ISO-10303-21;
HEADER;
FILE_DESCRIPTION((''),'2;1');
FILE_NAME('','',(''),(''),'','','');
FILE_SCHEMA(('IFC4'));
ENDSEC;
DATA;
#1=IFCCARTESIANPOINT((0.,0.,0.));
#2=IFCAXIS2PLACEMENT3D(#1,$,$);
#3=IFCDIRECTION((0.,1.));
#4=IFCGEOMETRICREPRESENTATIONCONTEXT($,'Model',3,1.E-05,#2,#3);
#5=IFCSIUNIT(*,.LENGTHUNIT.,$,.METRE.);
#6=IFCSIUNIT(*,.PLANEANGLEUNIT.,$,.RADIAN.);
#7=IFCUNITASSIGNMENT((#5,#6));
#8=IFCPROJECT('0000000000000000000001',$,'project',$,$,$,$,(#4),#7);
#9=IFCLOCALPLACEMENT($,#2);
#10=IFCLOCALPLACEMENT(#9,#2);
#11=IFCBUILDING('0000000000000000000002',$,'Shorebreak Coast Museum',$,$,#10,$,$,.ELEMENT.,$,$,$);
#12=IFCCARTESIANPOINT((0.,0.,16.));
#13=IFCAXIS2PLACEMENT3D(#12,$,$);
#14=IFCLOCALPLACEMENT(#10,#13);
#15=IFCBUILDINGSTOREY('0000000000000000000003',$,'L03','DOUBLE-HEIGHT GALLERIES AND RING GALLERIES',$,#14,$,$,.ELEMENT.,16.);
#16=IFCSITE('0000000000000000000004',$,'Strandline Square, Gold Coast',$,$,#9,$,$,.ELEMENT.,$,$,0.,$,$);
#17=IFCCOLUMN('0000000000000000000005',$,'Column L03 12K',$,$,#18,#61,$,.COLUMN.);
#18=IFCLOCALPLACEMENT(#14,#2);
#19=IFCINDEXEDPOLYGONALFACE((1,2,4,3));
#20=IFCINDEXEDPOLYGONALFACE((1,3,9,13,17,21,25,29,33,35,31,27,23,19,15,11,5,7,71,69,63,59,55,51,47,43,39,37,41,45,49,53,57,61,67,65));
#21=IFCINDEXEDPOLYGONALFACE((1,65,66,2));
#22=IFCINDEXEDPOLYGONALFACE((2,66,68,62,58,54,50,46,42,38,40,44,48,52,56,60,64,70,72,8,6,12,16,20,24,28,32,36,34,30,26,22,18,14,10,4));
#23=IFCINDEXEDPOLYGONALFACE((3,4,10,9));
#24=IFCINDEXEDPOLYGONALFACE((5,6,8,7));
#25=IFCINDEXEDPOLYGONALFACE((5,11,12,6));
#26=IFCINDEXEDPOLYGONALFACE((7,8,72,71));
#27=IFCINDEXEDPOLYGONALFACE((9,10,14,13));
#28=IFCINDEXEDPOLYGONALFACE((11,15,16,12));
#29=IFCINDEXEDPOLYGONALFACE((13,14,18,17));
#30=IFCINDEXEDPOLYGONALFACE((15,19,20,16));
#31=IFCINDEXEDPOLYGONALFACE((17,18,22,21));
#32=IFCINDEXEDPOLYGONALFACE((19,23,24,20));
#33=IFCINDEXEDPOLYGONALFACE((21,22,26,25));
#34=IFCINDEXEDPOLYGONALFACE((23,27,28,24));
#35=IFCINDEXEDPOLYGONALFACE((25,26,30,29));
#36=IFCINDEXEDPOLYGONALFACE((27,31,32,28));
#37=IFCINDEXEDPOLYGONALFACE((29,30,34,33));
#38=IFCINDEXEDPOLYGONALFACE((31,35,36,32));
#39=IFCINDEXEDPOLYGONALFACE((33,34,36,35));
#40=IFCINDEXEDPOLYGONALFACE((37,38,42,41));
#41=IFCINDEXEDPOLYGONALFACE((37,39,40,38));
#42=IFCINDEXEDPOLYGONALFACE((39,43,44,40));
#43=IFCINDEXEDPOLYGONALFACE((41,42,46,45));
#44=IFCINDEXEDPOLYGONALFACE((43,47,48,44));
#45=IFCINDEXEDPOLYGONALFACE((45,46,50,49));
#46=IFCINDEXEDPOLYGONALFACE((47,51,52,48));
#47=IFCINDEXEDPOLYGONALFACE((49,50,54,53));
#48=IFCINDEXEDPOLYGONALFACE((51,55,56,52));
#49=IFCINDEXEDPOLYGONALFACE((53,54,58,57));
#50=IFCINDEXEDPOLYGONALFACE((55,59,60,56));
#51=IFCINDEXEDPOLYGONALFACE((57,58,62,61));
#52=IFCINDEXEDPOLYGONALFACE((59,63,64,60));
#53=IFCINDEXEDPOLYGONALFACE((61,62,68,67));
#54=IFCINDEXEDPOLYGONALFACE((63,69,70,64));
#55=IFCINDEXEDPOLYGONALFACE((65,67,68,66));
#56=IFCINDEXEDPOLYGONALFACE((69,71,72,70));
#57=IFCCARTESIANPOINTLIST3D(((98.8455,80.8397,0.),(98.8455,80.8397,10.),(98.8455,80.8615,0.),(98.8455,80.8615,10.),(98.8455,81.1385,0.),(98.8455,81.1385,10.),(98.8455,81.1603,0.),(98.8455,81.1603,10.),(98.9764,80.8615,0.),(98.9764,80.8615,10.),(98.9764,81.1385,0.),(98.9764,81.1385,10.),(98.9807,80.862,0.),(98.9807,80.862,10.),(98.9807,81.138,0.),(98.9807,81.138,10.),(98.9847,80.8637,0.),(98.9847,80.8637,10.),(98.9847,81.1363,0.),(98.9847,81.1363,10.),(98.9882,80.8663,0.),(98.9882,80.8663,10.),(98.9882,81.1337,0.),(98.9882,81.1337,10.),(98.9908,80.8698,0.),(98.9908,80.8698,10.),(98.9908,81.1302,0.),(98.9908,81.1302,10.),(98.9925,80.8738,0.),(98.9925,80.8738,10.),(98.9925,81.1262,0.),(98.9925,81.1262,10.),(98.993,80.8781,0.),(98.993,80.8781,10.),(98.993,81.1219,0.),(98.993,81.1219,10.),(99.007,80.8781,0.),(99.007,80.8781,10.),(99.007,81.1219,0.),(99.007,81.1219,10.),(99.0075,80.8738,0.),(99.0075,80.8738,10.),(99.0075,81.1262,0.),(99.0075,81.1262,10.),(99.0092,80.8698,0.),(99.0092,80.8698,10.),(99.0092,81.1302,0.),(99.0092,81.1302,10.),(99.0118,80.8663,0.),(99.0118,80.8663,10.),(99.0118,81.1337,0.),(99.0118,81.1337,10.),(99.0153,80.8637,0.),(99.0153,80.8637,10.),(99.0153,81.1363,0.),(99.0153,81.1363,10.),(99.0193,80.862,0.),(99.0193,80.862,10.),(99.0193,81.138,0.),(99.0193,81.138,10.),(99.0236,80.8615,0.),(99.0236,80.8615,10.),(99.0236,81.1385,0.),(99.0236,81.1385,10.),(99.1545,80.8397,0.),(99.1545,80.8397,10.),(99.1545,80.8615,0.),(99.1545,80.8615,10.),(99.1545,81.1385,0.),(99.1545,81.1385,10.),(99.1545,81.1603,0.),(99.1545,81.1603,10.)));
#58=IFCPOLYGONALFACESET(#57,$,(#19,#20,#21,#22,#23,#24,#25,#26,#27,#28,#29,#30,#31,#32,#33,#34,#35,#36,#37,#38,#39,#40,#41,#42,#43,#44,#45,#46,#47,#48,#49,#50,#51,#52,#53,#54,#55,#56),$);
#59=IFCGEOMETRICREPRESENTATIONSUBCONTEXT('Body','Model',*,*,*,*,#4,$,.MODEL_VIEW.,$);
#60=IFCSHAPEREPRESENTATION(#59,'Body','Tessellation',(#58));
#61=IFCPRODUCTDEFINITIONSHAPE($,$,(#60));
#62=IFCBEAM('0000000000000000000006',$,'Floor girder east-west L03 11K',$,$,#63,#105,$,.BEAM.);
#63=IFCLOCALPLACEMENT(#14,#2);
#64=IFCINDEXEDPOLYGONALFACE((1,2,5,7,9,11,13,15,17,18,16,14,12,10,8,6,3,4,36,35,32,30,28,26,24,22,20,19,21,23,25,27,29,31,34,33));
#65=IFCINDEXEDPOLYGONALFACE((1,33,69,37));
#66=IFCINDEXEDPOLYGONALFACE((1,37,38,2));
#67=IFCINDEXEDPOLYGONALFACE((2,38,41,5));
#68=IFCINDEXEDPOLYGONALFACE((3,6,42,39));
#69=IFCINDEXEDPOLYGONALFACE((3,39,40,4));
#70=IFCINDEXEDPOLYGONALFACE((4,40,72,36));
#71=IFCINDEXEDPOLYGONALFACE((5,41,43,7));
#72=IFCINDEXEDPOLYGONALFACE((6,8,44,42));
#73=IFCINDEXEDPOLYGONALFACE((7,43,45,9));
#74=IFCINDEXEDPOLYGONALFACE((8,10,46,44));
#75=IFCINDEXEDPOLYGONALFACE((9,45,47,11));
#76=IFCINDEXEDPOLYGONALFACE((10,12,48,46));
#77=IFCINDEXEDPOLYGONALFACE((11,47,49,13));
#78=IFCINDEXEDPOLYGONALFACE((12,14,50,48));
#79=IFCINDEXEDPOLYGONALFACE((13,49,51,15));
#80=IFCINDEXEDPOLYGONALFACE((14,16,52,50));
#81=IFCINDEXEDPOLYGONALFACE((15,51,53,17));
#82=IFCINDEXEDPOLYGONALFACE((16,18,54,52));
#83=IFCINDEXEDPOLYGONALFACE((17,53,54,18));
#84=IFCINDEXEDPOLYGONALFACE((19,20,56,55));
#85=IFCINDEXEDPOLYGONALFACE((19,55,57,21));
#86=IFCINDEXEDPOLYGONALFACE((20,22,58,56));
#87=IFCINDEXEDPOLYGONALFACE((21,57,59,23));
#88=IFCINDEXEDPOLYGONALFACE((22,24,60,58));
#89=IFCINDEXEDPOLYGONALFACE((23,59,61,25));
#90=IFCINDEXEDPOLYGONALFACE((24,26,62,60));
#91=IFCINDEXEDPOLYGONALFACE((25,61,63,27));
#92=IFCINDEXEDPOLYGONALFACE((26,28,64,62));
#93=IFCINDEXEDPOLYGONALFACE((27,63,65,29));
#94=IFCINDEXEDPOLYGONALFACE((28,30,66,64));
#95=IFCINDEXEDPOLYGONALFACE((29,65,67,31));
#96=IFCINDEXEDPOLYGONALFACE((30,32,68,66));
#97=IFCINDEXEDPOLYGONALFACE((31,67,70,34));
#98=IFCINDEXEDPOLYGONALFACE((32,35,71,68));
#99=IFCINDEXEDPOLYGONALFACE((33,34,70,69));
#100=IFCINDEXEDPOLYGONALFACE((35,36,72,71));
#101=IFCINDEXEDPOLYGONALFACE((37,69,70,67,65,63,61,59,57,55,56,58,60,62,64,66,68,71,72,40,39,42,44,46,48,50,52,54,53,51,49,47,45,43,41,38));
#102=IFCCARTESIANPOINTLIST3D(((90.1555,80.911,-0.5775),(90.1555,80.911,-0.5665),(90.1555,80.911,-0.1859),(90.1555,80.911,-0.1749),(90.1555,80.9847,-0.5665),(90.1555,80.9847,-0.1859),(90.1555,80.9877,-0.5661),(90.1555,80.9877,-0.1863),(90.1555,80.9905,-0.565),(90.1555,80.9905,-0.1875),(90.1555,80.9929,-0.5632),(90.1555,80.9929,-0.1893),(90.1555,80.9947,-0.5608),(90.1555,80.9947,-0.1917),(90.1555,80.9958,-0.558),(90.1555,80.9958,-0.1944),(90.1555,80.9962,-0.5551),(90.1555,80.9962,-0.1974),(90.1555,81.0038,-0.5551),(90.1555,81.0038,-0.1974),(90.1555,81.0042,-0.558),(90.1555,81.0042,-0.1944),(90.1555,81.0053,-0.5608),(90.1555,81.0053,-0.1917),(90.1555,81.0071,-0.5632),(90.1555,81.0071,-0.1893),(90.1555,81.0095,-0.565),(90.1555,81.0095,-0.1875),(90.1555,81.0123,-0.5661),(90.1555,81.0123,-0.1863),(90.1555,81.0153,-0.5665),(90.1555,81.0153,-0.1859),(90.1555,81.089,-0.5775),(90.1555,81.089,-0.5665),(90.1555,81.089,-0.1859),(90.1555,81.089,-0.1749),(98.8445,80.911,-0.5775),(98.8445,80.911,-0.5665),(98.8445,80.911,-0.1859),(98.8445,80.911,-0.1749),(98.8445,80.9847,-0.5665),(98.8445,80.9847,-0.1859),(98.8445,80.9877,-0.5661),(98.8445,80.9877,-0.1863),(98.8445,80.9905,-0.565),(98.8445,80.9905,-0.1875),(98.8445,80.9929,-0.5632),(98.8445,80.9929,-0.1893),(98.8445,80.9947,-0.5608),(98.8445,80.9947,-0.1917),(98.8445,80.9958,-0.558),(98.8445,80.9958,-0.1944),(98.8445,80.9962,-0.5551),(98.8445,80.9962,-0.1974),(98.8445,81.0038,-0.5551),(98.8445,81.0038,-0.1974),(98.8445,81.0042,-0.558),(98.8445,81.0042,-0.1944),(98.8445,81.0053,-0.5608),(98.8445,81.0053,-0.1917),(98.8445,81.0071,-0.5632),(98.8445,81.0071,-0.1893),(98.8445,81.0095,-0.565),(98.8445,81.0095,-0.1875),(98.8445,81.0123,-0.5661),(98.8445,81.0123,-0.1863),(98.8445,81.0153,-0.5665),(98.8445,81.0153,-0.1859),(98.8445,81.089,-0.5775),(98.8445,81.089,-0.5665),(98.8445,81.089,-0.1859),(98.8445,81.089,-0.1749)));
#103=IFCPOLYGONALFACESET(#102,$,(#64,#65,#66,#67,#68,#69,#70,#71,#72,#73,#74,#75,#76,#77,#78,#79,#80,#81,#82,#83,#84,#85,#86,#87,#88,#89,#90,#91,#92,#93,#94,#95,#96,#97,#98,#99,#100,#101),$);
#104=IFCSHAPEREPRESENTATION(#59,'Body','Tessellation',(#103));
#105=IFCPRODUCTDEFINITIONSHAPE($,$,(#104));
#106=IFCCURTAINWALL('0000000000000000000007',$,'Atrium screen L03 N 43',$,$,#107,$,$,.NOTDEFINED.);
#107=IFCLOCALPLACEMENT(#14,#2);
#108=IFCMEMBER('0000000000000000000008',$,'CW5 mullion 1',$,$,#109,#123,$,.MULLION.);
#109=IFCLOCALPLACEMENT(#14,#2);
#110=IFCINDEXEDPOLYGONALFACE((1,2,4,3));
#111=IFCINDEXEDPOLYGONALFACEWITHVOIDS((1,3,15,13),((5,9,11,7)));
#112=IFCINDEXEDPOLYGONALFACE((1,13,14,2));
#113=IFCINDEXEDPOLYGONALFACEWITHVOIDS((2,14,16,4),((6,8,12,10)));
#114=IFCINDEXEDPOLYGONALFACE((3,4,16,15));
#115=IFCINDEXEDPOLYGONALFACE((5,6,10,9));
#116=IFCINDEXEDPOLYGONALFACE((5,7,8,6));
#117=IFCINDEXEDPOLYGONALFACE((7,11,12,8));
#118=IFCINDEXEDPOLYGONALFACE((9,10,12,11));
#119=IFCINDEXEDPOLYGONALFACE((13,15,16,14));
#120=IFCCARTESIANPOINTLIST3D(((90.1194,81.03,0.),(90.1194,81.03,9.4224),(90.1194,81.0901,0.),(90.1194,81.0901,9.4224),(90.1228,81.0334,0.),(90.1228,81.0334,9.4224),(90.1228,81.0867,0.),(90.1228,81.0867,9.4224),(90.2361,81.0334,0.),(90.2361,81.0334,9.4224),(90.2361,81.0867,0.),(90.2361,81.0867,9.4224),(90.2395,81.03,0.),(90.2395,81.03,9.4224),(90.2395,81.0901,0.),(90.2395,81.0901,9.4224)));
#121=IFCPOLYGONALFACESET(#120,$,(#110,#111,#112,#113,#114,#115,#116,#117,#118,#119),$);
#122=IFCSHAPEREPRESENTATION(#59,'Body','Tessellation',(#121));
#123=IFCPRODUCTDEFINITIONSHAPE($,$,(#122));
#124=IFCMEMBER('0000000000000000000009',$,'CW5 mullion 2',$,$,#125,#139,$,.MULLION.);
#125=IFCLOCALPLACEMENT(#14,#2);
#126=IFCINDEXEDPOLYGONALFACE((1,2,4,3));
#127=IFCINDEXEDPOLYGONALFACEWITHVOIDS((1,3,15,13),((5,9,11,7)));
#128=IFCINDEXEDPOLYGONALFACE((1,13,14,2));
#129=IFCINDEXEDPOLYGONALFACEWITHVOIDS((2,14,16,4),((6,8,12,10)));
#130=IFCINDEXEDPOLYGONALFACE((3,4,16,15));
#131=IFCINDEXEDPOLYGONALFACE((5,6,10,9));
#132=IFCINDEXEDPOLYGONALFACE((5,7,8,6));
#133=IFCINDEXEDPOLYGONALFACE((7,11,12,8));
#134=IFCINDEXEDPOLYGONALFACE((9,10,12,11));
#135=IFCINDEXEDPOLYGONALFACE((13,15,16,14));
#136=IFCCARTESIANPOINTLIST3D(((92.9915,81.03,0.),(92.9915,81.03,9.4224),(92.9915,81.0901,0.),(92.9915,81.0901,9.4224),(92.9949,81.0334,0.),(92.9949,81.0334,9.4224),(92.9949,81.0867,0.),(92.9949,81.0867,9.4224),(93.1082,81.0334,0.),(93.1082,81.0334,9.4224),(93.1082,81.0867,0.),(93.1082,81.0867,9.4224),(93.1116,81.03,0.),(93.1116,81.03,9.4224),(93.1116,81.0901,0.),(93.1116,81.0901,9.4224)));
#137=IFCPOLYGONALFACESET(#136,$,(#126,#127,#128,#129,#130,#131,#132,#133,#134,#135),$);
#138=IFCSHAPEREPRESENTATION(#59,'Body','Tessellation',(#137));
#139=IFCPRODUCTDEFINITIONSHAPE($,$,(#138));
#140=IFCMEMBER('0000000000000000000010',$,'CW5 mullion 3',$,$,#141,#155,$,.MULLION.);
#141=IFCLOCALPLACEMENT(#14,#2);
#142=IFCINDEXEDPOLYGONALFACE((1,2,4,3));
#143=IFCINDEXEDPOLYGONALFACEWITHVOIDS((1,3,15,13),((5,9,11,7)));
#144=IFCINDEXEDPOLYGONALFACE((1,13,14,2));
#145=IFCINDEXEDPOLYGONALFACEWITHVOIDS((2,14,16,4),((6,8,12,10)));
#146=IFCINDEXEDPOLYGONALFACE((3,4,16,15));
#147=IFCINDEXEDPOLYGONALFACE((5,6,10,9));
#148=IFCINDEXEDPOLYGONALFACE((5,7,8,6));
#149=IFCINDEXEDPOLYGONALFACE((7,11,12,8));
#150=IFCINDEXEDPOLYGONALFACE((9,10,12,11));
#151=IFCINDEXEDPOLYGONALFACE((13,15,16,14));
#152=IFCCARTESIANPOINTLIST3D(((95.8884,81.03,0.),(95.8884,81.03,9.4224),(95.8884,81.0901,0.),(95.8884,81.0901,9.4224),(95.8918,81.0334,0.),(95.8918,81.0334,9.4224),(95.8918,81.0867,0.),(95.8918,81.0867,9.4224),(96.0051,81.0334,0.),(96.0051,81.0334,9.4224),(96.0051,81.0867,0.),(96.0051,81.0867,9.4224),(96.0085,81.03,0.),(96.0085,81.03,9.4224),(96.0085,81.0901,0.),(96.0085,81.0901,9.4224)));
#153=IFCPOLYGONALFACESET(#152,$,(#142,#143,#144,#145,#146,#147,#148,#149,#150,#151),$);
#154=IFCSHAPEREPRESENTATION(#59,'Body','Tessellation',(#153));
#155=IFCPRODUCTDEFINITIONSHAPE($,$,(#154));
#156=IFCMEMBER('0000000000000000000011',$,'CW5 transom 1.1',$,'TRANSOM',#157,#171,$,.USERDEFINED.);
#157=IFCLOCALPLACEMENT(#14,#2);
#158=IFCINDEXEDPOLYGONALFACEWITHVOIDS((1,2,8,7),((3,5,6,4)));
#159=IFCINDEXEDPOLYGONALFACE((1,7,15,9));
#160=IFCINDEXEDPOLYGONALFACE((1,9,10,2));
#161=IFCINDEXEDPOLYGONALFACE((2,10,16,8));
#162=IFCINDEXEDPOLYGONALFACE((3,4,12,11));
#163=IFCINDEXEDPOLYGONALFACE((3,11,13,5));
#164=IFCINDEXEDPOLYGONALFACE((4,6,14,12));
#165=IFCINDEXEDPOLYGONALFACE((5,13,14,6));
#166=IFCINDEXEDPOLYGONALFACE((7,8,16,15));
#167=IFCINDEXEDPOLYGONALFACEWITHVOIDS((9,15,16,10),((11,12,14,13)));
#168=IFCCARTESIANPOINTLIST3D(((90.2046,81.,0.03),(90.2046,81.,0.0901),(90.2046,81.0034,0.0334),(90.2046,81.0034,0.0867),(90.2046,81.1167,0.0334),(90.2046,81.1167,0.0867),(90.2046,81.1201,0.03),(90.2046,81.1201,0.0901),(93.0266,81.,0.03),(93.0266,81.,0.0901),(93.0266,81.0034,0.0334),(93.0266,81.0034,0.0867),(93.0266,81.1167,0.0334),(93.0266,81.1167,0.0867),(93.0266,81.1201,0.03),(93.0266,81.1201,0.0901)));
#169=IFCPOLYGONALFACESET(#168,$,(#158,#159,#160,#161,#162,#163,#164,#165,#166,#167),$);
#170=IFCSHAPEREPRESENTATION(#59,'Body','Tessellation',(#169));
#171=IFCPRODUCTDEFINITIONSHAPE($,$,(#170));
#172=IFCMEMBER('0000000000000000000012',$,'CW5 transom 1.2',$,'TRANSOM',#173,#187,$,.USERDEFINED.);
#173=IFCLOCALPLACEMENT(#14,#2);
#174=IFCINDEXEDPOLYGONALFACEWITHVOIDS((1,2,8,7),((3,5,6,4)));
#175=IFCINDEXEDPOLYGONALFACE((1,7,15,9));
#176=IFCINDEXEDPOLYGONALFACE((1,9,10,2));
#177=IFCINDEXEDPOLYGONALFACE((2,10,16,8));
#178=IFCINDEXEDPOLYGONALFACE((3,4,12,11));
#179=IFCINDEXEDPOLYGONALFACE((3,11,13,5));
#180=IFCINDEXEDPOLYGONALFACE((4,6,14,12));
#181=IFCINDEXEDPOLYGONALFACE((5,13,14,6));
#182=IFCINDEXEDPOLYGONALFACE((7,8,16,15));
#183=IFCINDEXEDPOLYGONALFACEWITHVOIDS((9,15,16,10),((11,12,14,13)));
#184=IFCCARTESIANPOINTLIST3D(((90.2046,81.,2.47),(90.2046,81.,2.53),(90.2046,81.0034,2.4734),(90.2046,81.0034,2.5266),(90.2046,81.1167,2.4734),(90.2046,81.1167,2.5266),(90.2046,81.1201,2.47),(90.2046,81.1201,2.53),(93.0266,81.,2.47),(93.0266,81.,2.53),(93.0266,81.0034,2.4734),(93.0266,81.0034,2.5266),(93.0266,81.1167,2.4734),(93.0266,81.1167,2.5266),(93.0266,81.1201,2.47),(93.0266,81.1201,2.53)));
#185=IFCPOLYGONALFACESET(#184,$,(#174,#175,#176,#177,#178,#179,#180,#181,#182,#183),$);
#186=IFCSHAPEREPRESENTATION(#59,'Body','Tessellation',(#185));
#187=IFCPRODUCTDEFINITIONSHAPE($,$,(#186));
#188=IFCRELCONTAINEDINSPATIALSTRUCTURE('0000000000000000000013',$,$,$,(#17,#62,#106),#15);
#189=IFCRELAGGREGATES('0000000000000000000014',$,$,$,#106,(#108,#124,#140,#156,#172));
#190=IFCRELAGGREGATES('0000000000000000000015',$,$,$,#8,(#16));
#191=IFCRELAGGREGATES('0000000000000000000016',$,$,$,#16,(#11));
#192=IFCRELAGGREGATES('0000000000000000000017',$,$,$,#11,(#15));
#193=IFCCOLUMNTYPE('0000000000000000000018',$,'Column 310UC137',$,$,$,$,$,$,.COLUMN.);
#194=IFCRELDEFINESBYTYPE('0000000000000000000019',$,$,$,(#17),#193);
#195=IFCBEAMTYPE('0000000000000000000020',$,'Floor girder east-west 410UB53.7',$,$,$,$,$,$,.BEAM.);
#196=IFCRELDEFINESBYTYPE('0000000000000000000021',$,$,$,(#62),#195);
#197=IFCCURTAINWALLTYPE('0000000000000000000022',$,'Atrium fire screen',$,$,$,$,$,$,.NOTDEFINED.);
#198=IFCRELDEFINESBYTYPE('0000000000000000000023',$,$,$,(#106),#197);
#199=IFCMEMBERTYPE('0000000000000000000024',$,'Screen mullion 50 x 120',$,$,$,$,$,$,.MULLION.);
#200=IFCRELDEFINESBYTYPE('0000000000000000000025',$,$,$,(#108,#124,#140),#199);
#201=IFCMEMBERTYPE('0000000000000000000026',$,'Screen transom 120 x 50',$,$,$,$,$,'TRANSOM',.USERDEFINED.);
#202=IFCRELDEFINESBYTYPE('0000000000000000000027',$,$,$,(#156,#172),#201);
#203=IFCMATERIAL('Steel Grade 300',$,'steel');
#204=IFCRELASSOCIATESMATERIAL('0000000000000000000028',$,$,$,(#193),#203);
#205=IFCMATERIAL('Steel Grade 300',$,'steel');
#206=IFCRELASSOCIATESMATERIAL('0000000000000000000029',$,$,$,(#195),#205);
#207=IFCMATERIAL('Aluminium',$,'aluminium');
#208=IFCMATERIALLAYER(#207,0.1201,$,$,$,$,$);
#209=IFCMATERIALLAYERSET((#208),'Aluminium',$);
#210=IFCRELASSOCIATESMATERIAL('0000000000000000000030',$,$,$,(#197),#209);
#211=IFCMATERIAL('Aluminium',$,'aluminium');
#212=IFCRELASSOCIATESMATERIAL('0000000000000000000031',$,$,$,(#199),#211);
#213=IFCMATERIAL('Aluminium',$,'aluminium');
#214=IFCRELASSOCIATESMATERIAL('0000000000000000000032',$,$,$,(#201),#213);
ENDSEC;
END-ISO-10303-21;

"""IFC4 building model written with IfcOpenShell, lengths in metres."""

from ifc_helpers import new_model, si_unit, direction, frame, origin, origin_2d, place, context, subcontext, project, spatial, hollow_rectangle, i_section, extrude, material, layer, layer_set, material_profile, profile_set, type_object, element, aggregate, save


model = new_model("IFC4")

# Units and contexts
model_context = context("Model", 3, precision=1e-05, world=origin(), true_north=direction((0.0, 1.0)))
body_context = subcontext(model_context, "Body", "Model", "MODEL_VIEW")
ifc_project = project(units=[si_unit("LENGTHUNIT", "METRE"), si_unit("PLANEANGLEUNIT", "RADIAN")], contexts=[model_context])

# Site, building, storey
site_placement = place(None, origin())
site = spatial("IfcSite", under=ifc_project, at=site_placement, Name="Strandline Square, Gold Coast", CompositionType="ELEMENT", RefElevation=0.0)
building_placement = place(site_placement, origin())
building = spatial("IfcBuilding", under=site, at=building_placement, Name="Shorebreak Coast Museum", CompositionType="ELEMENT")
storey_placement = place(building_placement, frame((0.0, 0.0, 16.0)))
storey = spatial("IfcBuildingStorey", under=building, at=storey_placement, Name="L03", Description="DOUBLE-HEIGHT GALLERIES AND RING GALLERIES", CompositionType="ELEMENT", Elevation=16.0)

# Column
ifc_material_1 = material(Name="Steel Grade 300", Category="steel")
ifc_material_profile_1 = material_profile(ifc_material_1, i_section(OverallWidth=0.3091, OverallDepth=0.3206, WebThickness=0.0139, FlangeThickness=0.0217, FilletRadius=0.0166, at=origin_2d()), Name="310UC137")
ifc_profile_set_1 = profile_set([ifc_material_profile_1], Name="Steel Grade 300")
column_type = type_object("IfcColumnType", Name="Column 310UC137", PredefinedType="COLUMN", material=ifc_profile_set_1)
column_placement = place(storey_placement, frame((99.0, 81.0, 0.0), z_axis=(0.0, 0.0, 1.0), x_axis=(1.0, 0.0, 0.0)))
element("IfcColumn", 1, at=column_placement, inside=storey, type_object=column_type, Name="Column L03 12K", PredefinedType="COLUMN", context=body_context, shape_type="SweptSolid", body=[
    extrude(i_section(OverallWidth=0.3091, OverallDepth=0.3206, WebThickness=0.0139, FlangeThickness=0.0217, FilletRadius=0.0166, at=origin_2d()), origin(), (0.0, 0.0, 1.0), 10.0),
])

# Beam
ifc_material_2 = material(Name="Steel Grade 300", Category="steel")
ifc_material_profile_2 = material_profile(ifc_material_2, i_section(OverallWidth=0.178, OverallDepth=0.4026, WebThickness=0.0076, FlangeThickness=0.011, FilletRadius=0.0115, at=origin_2d()), Name="410UB53.7")
ifc_profile_set_2 = profile_set([ifc_material_profile_2], Name="Steel Grade 300")
beam_type = type_object("IfcBeamType", Name="Floor girder east-west 410UB53.7", PredefinedType="BEAM", material=ifc_profile_set_2)
beam_placement = place(storey_placement, frame((90.1555, 81.0, -0.3762), z_axis=(1.0, 0.0, 0.0), x_axis=(0.0, 1.0, 0.0)))
element("IfcBeam", 2, at=beam_placement, inside=storey, type_object=beam_type, Name="Floor girder east-west L03 11K", PredefinedType="BEAM", context=body_context, shape_type="SweptSolid", body=[
    extrude(i_section(OverallWidth=0.178, OverallDepth=0.4026, WebThickness=0.0076, FlangeThickness=0.011, FilletRadius=0.0115, at=origin_2d()), origin(), (0.0, 0.0, 1.0), 8.689),
])

# Curtain wall, members
ifc_material_3 = material(Name="Aluminium", Category="aluminium")
ifc_layer_1 = layer(ifc_material_3, 0.1201)
ifc_layer_set_1 = layer_set([ifc_layer_1], Name="Aluminium")
curtain_wall_type = type_object("IfcCurtainWallType", Name="Atrium fire screen", PredefinedType="NOTDEFINED", material=ifc_layer_set_1)
curtain_wall_placement = place(storey_placement, origin())
curtain_wall = element("IfcCurtainWall", 3, at=curtain_wall_placement, inside=storey, type_object=curtain_wall_type, Name="Atrium screen L03 N 43", PredefinedType="NOTDEFINED")
ifc_material_4 = material(Name="Aluminium", Category="aluminium")
ifc_material_profile_3 = material_profile(ifc_material_4, hollow_rectangle(XDim=0.0601, YDim=0.1201, WallThickness=0.0034, at=origin_2d()), Name="AL 120x60 RHS")
ifc_profile_set_3 = profile_set([ifc_material_profile_3], Name="Aluminium")
member_type_1 = type_object("IfcMemberType", Name="Screen mullion 50 x 120", PredefinedType="MULLION", material=ifc_profile_set_3)
member_1_placement = place(storey_placement, frame((90.1794, 81.0601, 0.0), z_axis=(0.0, 0.0, 1.0), x_axis=(0.0, 1.0, 0.0)))
member_1 = element("IfcMember", 4, at=member_1_placement, type_object=member_type_1, Name="CW5 mullion 1", PredefinedType="MULLION", context=body_context, shape_type="SweptSolid", body=[
    extrude(hollow_rectangle(XDim=0.0601, YDim=0.1201, WallThickness=0.0034, at=origin_2d()), origin(), (0.0, 0.0, 1.0), 9.4224),
])
member_2_placement = place(storey_placement, frame((93.0515, 81.0601, 0.0), z_axis=(0.0, 0.0, 1.0), x_axis=(0.0, 1.0, 0.0)))
member_2 = element("IfcMember", 5, at=member_2_placement, type_object=member_type_1, Name="CW5 mullion 2", PredefinedType="MULLION", context=body_context, shape_type="SweptSolid", body=[
    extrude(hollow_rectangle(XDim=0.0601, YDim=0.1201, WallThickness=0.0034, at=origin_2d()), origin(), (0.0, 0.0, 1.0), 9.4224),
])
member_3_placement = place(storey_placement, frame((95.9485, 81.0601, 0.0), z_axis=(0.0, 0.0, 1.0), x_axis=(0.0, 1.0, 0.0)))
member_3 = element("IfcMember", 6, at=member_3_placement, type_object=member_type_1, Name="CW5 mullion 3", PredefinedType="MULLION", context=body_context, shape_type="SweptSolid", body=[
    extrude(hollow_rectangle(XDim=0.0601, YDim=0.1201, WallThickness=0.0034, at=origin_2d()), origin(), (0.0, 0.0, 1.0), 9.4224),
])
ifc_material_5 = material(Name="Aluminium", Category="aluminium")
ifc_material_profile_4 = material_profile(ifc_material_5, hollow_rectangle(XDim=0.1201, YDim=0.0601, WallThickness=0.0034, at=origin_2d()), Name="AL 60x120 RHS")
ifc_profile_set_4 = profile_set([ifc_material_profile_4], Name="Aluminium")
member_type_2 = type_object("IfcMemberType", Name="Screen transom 120 x 50", ElementType="TRANSOM", PredefinedType="USERDEFINED", material=ifc_profile_set_4)
member_4_placement = place(storey_placement, frame((90.2046, 81.0601, 0.0601), z_axis=(1.0, 0.0, 0.0), x_axis=(0.0, 1.0, 0.0)))
member_4 = element("IfcMember", 7, at=member_4_placement, type_object=member_type_2, Name="CW5 transom 1.1", ObjectType="TRANSOM", PredefinedType="USERDEFINED", context=body_context, shape_type="SweptSolid", body=[
    extrude(hollow_rectangle(XDim=0.1201, YDim=0.0601, WallThickness=0.0034, at=origin_2d()), origin(), (0.0, 0.0, 1.0), 2.822),
])
member_5_placement = place(storey_placement, frame((90.2046, 81.0601, 2.5), z_axis=(1.0, 0.0, 0.0), x_axis=(0.0, 1.0, 0.0)))
member_5 = element("IfcMember", 8, at=member_5_placement, type_object=member_type_2, Name="CW5 transom 1.2", ObjectType="TRANSOM", PredefinedType="USERDEFINED", context=body_context, shape_type="SweptSolid", body=[
    extrude(hollow_rectangle(XDim=0.1201, YDim=0.0601, WallThickness=0.0034, at=origin_2d()), origin(), (0.0, 0.0, 1.0), 2.822),
])
aggregate(curtain_wall, [member_1, member_2, member_3, member_4, member_5])

save(model, "model.ifc")
